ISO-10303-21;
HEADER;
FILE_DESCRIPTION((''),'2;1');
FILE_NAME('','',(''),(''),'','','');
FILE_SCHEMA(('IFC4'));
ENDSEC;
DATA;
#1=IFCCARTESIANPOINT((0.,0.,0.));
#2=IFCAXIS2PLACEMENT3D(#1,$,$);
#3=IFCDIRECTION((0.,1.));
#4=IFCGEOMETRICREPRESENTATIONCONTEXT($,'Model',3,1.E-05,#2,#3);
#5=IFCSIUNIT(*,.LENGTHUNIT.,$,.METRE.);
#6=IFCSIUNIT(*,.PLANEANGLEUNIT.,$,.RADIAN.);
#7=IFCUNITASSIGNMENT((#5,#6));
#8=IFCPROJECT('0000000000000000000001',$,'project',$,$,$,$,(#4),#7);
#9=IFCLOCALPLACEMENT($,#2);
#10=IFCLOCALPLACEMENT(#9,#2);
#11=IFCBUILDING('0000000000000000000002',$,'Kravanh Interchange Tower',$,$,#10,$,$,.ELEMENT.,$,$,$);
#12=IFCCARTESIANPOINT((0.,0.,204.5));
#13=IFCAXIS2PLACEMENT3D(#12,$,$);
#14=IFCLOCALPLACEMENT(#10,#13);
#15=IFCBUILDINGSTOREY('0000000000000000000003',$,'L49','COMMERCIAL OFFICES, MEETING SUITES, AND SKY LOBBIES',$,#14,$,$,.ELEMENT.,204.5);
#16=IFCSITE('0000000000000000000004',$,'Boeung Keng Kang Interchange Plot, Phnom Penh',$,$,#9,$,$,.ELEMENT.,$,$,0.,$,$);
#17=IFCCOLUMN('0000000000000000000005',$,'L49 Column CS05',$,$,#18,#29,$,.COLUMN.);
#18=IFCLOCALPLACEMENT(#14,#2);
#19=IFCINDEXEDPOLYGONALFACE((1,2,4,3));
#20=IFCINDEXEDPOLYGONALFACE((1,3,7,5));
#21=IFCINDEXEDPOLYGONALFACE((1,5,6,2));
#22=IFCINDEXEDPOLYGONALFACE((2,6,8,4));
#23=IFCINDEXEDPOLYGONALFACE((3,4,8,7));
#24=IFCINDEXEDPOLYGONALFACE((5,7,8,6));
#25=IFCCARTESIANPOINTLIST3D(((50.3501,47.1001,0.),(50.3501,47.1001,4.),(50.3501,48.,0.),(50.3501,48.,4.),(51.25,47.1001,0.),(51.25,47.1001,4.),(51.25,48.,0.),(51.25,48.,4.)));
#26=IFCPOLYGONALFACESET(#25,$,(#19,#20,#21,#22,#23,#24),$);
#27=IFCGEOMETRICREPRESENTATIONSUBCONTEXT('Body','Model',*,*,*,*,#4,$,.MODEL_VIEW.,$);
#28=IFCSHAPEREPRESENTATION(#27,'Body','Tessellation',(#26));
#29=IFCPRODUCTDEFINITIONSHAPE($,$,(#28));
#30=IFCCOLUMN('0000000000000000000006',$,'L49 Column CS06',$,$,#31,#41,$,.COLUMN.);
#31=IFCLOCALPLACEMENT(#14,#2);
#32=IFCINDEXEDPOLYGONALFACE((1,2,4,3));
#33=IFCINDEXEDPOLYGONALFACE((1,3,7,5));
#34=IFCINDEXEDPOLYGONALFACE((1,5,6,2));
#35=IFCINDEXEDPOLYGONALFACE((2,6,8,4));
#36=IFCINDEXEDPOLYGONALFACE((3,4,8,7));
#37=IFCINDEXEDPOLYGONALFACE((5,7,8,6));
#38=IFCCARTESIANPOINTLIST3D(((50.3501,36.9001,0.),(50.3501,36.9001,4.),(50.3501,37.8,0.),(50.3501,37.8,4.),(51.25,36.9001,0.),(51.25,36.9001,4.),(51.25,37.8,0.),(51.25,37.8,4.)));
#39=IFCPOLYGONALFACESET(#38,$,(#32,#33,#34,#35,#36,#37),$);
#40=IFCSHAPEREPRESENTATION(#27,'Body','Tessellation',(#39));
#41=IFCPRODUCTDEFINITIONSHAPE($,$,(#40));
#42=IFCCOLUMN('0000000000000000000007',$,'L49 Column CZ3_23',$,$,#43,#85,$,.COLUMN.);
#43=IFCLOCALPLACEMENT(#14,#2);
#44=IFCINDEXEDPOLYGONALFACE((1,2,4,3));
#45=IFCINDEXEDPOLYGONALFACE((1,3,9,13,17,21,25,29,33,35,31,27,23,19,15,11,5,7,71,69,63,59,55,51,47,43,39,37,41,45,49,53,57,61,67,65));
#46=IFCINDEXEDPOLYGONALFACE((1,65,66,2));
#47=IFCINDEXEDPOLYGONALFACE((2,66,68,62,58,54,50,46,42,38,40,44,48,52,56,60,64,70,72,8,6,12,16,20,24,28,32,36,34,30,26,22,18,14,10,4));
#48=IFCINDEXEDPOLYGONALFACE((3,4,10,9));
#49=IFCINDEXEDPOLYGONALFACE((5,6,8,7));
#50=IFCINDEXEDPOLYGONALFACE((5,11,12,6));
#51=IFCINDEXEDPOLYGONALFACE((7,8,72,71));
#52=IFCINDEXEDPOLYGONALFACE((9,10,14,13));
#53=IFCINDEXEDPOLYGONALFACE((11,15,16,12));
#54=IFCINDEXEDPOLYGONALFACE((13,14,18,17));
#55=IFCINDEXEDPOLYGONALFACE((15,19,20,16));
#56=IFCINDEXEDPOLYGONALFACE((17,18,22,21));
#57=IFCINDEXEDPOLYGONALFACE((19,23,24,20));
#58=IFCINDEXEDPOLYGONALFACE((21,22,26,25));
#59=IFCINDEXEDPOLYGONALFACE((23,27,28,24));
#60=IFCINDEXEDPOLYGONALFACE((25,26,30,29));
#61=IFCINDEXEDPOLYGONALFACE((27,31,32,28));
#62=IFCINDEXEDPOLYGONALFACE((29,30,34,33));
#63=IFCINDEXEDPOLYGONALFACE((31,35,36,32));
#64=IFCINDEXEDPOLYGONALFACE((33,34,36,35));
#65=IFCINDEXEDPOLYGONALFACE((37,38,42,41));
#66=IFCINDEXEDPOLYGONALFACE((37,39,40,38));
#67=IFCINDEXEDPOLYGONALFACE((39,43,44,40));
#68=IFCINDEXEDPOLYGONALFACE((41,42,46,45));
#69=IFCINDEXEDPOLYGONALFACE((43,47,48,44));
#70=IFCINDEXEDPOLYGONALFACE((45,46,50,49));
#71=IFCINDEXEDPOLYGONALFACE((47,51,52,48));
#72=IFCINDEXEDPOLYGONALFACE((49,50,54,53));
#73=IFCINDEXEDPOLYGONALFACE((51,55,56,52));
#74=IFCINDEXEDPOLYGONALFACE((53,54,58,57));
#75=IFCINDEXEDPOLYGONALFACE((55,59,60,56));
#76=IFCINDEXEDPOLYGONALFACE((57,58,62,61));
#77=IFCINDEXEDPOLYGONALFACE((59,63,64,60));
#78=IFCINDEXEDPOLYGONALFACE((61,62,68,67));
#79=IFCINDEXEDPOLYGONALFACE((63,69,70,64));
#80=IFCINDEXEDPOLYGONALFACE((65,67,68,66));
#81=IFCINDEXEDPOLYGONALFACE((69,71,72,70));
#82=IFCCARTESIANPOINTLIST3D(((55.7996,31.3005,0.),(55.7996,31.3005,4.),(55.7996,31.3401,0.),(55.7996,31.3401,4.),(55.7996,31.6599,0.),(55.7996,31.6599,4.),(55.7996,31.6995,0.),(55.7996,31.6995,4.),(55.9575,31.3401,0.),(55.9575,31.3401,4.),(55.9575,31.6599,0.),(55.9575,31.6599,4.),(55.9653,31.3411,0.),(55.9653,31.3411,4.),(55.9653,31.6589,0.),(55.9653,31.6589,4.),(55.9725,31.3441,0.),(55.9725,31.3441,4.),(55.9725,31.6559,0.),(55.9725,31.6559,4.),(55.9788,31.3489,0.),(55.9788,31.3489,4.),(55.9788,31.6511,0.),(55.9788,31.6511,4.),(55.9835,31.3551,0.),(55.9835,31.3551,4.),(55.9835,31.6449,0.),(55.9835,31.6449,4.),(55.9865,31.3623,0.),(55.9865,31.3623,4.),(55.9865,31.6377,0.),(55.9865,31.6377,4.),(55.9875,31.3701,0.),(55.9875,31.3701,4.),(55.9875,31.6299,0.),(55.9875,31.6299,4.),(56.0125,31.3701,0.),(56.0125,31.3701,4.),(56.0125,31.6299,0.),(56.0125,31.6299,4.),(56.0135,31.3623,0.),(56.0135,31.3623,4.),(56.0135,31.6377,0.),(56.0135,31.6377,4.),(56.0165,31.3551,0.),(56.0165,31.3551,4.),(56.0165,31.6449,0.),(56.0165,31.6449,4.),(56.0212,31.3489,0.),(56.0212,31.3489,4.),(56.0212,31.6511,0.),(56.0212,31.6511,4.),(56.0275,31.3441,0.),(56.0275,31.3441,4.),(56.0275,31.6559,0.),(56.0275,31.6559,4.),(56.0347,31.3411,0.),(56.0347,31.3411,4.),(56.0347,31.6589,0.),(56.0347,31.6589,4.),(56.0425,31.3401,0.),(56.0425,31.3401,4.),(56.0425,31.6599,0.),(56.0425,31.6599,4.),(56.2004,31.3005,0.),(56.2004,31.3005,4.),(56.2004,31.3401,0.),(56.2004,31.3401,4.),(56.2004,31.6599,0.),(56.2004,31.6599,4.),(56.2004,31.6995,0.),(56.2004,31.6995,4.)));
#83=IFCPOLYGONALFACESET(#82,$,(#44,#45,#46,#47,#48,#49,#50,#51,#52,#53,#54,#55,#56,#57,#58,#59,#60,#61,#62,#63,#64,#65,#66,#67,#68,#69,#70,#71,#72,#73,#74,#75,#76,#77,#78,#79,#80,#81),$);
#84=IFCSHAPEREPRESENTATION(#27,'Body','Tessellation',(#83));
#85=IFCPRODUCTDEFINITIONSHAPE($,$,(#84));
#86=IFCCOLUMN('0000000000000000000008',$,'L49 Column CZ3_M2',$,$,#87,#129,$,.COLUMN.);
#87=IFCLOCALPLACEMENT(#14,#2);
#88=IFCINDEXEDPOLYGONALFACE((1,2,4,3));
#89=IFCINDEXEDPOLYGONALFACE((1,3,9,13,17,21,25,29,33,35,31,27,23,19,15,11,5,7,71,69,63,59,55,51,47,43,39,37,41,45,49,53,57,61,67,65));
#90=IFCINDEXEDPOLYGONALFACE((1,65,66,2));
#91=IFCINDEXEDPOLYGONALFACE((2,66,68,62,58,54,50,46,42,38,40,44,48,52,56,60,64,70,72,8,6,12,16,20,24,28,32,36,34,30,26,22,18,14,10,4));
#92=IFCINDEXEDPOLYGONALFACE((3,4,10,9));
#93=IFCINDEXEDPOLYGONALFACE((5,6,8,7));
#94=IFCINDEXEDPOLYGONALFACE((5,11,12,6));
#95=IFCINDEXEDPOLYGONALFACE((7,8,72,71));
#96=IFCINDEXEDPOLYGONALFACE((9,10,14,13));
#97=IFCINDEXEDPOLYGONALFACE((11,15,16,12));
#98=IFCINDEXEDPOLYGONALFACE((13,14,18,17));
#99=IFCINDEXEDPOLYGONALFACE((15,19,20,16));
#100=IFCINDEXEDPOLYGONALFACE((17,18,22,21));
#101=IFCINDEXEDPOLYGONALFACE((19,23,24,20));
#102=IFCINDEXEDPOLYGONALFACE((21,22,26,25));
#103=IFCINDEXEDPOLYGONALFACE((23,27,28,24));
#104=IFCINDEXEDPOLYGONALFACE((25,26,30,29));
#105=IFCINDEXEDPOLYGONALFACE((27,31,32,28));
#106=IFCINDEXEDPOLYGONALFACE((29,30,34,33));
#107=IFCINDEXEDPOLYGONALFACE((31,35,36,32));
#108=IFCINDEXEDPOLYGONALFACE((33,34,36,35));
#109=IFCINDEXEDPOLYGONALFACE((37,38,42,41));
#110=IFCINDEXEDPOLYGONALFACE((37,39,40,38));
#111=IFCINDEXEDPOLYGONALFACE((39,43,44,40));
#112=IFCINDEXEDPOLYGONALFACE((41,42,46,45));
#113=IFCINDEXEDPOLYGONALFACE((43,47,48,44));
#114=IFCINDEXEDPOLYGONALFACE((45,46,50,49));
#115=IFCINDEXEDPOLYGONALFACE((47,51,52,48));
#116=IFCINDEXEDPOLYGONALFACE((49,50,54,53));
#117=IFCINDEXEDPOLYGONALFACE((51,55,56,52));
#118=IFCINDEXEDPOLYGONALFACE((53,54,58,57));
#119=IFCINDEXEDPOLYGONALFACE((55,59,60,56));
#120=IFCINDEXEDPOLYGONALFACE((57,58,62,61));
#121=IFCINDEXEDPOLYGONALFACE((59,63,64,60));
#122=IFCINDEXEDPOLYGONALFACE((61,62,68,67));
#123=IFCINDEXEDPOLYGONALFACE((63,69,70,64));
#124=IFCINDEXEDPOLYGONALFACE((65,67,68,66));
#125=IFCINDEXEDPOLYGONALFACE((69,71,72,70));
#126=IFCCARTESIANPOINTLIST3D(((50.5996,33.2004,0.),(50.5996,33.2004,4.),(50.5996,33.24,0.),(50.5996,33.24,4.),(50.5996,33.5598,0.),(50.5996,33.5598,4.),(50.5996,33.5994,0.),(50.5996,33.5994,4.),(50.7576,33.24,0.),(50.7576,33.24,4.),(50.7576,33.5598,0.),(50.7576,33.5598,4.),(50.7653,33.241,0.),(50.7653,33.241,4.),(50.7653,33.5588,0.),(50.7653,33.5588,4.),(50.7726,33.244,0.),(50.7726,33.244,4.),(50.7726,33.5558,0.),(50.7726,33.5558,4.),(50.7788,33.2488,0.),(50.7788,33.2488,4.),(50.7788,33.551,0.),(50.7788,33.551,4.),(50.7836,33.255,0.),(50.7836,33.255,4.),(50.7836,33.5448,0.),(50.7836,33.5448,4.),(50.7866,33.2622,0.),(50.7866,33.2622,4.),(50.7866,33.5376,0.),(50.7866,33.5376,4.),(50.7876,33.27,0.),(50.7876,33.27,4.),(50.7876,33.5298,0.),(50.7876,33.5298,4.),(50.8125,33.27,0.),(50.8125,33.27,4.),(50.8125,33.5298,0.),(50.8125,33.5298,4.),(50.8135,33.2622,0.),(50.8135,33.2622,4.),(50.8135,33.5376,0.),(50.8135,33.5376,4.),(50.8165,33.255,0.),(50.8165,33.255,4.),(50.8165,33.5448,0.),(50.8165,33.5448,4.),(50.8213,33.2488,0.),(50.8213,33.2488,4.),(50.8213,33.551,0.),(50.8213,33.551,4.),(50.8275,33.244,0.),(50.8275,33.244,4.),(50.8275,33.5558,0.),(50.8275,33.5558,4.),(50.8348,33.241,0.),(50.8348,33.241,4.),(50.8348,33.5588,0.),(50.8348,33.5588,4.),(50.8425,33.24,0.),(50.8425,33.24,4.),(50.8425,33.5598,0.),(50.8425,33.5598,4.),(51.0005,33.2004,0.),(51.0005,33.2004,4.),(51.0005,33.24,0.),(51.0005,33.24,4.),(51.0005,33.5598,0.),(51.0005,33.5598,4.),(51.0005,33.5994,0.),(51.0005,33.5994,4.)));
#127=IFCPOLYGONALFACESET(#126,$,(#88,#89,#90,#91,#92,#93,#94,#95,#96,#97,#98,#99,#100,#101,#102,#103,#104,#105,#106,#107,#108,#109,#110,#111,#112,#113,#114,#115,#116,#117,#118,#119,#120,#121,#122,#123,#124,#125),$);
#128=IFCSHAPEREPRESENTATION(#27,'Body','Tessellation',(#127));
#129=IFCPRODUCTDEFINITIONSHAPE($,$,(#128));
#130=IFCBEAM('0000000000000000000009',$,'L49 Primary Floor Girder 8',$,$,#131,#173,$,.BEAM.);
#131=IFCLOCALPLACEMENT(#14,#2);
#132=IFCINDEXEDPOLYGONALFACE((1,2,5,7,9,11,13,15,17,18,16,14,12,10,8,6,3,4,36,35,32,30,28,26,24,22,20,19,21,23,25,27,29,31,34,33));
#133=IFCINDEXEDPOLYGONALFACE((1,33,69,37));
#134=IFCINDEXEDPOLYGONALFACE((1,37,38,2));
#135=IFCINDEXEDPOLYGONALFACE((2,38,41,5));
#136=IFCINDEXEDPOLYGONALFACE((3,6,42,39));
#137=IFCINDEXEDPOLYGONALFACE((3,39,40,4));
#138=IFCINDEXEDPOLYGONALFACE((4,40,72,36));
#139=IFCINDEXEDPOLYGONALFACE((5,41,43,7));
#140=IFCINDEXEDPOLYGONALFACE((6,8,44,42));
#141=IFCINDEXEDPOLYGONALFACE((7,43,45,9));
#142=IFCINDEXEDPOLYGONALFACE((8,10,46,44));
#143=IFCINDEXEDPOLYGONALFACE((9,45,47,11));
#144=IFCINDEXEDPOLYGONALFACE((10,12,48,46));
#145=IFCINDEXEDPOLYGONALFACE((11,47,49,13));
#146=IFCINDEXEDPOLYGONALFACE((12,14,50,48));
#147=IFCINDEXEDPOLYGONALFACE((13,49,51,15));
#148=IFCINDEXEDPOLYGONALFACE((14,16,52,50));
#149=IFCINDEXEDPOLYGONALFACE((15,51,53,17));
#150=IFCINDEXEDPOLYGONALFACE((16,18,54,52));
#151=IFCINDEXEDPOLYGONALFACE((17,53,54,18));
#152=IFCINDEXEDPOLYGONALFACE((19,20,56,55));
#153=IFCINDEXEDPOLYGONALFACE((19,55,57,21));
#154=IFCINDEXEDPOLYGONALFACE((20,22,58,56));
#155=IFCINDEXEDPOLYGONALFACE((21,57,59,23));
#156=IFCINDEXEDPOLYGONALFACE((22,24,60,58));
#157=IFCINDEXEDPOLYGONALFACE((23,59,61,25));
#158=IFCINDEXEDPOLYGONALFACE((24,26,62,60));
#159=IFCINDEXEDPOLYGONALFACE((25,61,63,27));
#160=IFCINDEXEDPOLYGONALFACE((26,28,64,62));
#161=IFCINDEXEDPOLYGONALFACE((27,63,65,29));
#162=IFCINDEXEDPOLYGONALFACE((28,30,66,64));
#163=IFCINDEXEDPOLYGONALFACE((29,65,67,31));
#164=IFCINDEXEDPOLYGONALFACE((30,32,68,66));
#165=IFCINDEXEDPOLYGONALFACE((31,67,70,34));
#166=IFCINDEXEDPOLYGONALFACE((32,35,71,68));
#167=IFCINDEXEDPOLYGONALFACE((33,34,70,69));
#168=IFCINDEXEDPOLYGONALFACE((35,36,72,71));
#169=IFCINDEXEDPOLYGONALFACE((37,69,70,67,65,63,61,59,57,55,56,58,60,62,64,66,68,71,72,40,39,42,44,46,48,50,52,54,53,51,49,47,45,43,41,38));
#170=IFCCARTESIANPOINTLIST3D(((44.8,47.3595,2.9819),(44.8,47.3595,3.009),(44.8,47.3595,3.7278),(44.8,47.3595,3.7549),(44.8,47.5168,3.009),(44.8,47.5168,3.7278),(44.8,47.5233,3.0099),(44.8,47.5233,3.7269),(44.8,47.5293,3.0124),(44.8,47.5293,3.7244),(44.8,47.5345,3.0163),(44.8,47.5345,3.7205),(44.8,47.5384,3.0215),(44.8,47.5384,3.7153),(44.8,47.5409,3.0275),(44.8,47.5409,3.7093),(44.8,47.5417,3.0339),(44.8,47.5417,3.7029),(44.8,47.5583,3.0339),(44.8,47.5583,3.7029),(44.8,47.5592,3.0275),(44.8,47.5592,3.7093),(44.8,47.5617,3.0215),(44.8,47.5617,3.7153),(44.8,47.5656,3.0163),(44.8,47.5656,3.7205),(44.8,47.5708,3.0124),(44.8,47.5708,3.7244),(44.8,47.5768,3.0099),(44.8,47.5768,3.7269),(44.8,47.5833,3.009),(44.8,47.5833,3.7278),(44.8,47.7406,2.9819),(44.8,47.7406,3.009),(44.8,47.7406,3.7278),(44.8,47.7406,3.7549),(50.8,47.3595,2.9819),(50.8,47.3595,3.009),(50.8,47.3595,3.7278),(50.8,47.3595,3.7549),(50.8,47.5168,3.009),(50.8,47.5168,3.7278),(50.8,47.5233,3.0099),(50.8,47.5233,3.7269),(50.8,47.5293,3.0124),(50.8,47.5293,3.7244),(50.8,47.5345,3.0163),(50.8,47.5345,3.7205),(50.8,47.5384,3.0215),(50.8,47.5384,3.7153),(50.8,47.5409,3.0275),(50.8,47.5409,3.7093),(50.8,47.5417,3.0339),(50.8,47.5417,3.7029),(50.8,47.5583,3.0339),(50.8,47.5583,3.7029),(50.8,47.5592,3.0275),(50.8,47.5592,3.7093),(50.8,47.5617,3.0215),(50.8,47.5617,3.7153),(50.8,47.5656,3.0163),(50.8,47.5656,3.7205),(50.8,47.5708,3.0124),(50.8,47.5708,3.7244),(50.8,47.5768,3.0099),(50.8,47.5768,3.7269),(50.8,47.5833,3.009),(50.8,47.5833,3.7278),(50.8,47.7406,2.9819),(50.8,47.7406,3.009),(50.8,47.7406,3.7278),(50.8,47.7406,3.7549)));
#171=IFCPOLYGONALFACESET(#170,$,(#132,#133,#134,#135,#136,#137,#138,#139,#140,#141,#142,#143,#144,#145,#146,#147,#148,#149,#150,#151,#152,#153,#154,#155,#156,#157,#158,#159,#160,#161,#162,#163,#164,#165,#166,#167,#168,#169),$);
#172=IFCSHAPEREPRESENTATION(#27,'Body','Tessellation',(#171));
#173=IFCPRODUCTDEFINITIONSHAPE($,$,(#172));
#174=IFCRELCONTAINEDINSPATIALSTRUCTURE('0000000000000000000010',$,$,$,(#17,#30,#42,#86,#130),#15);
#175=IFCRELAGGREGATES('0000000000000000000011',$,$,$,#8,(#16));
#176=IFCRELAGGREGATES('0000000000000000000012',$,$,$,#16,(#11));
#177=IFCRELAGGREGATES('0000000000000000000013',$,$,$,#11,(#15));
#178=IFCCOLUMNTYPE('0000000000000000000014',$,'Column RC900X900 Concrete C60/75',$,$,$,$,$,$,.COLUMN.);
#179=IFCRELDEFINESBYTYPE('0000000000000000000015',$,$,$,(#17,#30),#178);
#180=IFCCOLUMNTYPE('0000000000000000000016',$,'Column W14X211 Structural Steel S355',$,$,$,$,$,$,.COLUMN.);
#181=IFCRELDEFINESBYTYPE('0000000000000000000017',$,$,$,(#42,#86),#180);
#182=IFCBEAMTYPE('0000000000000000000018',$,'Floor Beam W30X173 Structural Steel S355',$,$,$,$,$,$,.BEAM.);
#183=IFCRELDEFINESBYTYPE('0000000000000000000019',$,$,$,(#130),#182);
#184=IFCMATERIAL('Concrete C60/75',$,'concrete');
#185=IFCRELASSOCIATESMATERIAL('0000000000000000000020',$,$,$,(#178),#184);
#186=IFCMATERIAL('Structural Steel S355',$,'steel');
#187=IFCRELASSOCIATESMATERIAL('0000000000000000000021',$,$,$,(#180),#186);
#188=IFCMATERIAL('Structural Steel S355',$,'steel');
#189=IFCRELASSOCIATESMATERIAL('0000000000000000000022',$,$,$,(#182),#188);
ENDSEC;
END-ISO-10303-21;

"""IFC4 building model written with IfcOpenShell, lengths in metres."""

from ifc_helpers import new_model, si_unit, direction, frame, origin, origin_2d, place, context, subcontext, project, spatial, rectangle, i_section, extrude, material, material_profile, profile_set, type_object, element, save


model = new_model("IFC4")

# Units and contexts
model_context = context("Model", 3, precision=1e-05, world=origin(), true_north=direction((0.0, 1.0)))
body_context = subcontext(model_context, "Body", "Model", "MODEL_VIEW")
ifc_project = project(units=[si_unit("LENGTHUNIT", "METRE"), si_unit("PLANEANGLEUNIT", "RADIAN")], contexts=[model_context])

# Site, building, storey
site_placement = place(None, origin())
site = spatial("IfcSite", under=ifc_project, at=site_placement, Name="Boeung Keng Kang Interchange Plot, Phnom Penh", CompositionType="ELEMENT", RefElevation=0.0)
building_placement = place(site_placement, origin())
building = spatial("IfcBuilding", under=site, at=building_placement, Name="Kravanh Interchange Tower", CompositionType="ELEMENT")
storey_placement = place(building_placement, frame((0.0, 0.0, 204.5)))
storey = spatial("IfcBuildingStorey", under=building, at=storey_placement, Name="L49", Description="COMMERCIAL OFFICES, MEETING SUITES, AND SKY LOBBIES", CompositionType="ELEMENT", Elevation=204.5)

# Columns
ifc_material_1 = material(Name="Concrete C60/75", Category="concrete")
ifc_material_profile_1 = material_profile(ifc_material_1, rectangle(XDim=0.8999, YDim=0.8999, at=origin_2d()), Name="RC900X900")
ifc_profile_set_1 = profile_set([ifc_material_profile_1], Name="Concrete C60/75")
column_type_1 = type_object("IfcColumnType", Name="Column RC900X900 Concrete C60/75", PredefinedType="COLUMN", material=ifc_profile_set_1)
for number, where, z_axis, x_axis, name in (
    (1, (50.8, 47.55, 0.0), (0.0, 0.0, 1.0), (1.0, 0.0, 0.0), "L49 Column CS05"),
    (2, (50.8, 37.3501, 0.0), (0.0, 0.0, 1.0), (1.0, 0.0, 0.0), "L49 Column CS06"),
):
    element("IfcColumn", number, at=place(storey_placement, frame(where, z_axis=z_axis, x_axis=x_axis)), inside=storey, type_object=column_type_1, Name=name, PredefinedType="COLUMN", context=body_context, shape_type="SweptSolid", body=[
        extrude(rectangle(XDim=0.8999, YDim=0.8999, at=origin_2d()), origin(), (0.0, 0.0, 1.0), 4.0),
    ])
ifc_material_2 = material(Name="Structural Steel S355", Category="steel")
ifc_material_profile_2 = material_profile(ifc_material_2, i_section(OverallWidth=0.4009, OverallDepth=0.3989, WebThickness=0.0249, FlangeThickness=0.0396, FilletRadius=0.03, at=origin_2d()), Name="W14X211")
ifc_profile_set_2 = profile_set([ifc_material_profile_2], Name="Structural Steel S355")
column_type_2 = type_object("IfcColumnType", Name="Column W14X211 Structural Steel S355", PredefinedType="COLUMN", material=ifc_profile_set_2)
for number, where, z_axis, x_axis, name in (
    (3, (56.0, 31.5, 0.0), (0.0, 0.0, 1.0), (1.0, 0.0, 0.0), "L49 Column CZ3_23"),
    (4, (50.8, 33.3999, 0.0), (0.0, 0.0, 1.0), (1.0, 0.0, 0.0), "L49 Column CZ3_M2"),
):
    element("IfcColumn", number, at=place(storey_placement, frame(where, z_axis=z_axis, x_axis=x_axis)), inside=storey, type_object=column_type_2, Name=name, PredefinedType="COLUMN", context=body_context, shape_type="SweptSolid", body=[
        extrude(i_section(OverallWidth=0.4009, OverallDepth=0.3989, WebThickness=0.0249, FlangeThickness=0.0396, FilletRadius=0.03, at=origin_2d()), origin(), (0.0, 0.0, 1.0), 4.0),
    ])

# Beam
ifc_material_3 = material(Name="Structural Steel S355", Category="steel")
ifc_material_profile_3 = material_profile(ifc_material_3, i_section(OverallWidth=0.3811, OverallDepth=0.7729, WebThickness=0.0166, FlangeThickness=0.0271, FilletRadius=0.0249, at=origin_2d()), Name="W30X173")
ifc_profile_set_3 = profile_set([ifc_material_profile_3], Name="Structural Steel S355")
beam_type_1 = type_object("IfcBeamType", Name="Floor Beam W30X173 Structural Steel S355", PredefinedType="BEAM", material=ifc_profile_set_3)
beam_1_placement = place(storey_placement, frame((50.8, 47.55, 3.3684), z_axis=(-1.0, 0.0, 0.0), x_axis=(0.0, -1.0, 0.0)))
element("IfcBeam", 5, at=beam_1_placement, inside=storey, type_object=beam_type_1, Name="L49 Primary Floor Girder 8", PredefinedType="BEAM", context=body_context, shape_type="SweptSolid", body=[
    extrude(i_section(OverallWidth=0.3811, OverallDepth=0.7729, WebThickness=0.0166, FlangeThickness=0.0271, FilletRadius=0.0249, at=origin_2d()), origin(), (0.0, 0.0, 1.0), 6.0),
])

save(model, "model.ifc")
